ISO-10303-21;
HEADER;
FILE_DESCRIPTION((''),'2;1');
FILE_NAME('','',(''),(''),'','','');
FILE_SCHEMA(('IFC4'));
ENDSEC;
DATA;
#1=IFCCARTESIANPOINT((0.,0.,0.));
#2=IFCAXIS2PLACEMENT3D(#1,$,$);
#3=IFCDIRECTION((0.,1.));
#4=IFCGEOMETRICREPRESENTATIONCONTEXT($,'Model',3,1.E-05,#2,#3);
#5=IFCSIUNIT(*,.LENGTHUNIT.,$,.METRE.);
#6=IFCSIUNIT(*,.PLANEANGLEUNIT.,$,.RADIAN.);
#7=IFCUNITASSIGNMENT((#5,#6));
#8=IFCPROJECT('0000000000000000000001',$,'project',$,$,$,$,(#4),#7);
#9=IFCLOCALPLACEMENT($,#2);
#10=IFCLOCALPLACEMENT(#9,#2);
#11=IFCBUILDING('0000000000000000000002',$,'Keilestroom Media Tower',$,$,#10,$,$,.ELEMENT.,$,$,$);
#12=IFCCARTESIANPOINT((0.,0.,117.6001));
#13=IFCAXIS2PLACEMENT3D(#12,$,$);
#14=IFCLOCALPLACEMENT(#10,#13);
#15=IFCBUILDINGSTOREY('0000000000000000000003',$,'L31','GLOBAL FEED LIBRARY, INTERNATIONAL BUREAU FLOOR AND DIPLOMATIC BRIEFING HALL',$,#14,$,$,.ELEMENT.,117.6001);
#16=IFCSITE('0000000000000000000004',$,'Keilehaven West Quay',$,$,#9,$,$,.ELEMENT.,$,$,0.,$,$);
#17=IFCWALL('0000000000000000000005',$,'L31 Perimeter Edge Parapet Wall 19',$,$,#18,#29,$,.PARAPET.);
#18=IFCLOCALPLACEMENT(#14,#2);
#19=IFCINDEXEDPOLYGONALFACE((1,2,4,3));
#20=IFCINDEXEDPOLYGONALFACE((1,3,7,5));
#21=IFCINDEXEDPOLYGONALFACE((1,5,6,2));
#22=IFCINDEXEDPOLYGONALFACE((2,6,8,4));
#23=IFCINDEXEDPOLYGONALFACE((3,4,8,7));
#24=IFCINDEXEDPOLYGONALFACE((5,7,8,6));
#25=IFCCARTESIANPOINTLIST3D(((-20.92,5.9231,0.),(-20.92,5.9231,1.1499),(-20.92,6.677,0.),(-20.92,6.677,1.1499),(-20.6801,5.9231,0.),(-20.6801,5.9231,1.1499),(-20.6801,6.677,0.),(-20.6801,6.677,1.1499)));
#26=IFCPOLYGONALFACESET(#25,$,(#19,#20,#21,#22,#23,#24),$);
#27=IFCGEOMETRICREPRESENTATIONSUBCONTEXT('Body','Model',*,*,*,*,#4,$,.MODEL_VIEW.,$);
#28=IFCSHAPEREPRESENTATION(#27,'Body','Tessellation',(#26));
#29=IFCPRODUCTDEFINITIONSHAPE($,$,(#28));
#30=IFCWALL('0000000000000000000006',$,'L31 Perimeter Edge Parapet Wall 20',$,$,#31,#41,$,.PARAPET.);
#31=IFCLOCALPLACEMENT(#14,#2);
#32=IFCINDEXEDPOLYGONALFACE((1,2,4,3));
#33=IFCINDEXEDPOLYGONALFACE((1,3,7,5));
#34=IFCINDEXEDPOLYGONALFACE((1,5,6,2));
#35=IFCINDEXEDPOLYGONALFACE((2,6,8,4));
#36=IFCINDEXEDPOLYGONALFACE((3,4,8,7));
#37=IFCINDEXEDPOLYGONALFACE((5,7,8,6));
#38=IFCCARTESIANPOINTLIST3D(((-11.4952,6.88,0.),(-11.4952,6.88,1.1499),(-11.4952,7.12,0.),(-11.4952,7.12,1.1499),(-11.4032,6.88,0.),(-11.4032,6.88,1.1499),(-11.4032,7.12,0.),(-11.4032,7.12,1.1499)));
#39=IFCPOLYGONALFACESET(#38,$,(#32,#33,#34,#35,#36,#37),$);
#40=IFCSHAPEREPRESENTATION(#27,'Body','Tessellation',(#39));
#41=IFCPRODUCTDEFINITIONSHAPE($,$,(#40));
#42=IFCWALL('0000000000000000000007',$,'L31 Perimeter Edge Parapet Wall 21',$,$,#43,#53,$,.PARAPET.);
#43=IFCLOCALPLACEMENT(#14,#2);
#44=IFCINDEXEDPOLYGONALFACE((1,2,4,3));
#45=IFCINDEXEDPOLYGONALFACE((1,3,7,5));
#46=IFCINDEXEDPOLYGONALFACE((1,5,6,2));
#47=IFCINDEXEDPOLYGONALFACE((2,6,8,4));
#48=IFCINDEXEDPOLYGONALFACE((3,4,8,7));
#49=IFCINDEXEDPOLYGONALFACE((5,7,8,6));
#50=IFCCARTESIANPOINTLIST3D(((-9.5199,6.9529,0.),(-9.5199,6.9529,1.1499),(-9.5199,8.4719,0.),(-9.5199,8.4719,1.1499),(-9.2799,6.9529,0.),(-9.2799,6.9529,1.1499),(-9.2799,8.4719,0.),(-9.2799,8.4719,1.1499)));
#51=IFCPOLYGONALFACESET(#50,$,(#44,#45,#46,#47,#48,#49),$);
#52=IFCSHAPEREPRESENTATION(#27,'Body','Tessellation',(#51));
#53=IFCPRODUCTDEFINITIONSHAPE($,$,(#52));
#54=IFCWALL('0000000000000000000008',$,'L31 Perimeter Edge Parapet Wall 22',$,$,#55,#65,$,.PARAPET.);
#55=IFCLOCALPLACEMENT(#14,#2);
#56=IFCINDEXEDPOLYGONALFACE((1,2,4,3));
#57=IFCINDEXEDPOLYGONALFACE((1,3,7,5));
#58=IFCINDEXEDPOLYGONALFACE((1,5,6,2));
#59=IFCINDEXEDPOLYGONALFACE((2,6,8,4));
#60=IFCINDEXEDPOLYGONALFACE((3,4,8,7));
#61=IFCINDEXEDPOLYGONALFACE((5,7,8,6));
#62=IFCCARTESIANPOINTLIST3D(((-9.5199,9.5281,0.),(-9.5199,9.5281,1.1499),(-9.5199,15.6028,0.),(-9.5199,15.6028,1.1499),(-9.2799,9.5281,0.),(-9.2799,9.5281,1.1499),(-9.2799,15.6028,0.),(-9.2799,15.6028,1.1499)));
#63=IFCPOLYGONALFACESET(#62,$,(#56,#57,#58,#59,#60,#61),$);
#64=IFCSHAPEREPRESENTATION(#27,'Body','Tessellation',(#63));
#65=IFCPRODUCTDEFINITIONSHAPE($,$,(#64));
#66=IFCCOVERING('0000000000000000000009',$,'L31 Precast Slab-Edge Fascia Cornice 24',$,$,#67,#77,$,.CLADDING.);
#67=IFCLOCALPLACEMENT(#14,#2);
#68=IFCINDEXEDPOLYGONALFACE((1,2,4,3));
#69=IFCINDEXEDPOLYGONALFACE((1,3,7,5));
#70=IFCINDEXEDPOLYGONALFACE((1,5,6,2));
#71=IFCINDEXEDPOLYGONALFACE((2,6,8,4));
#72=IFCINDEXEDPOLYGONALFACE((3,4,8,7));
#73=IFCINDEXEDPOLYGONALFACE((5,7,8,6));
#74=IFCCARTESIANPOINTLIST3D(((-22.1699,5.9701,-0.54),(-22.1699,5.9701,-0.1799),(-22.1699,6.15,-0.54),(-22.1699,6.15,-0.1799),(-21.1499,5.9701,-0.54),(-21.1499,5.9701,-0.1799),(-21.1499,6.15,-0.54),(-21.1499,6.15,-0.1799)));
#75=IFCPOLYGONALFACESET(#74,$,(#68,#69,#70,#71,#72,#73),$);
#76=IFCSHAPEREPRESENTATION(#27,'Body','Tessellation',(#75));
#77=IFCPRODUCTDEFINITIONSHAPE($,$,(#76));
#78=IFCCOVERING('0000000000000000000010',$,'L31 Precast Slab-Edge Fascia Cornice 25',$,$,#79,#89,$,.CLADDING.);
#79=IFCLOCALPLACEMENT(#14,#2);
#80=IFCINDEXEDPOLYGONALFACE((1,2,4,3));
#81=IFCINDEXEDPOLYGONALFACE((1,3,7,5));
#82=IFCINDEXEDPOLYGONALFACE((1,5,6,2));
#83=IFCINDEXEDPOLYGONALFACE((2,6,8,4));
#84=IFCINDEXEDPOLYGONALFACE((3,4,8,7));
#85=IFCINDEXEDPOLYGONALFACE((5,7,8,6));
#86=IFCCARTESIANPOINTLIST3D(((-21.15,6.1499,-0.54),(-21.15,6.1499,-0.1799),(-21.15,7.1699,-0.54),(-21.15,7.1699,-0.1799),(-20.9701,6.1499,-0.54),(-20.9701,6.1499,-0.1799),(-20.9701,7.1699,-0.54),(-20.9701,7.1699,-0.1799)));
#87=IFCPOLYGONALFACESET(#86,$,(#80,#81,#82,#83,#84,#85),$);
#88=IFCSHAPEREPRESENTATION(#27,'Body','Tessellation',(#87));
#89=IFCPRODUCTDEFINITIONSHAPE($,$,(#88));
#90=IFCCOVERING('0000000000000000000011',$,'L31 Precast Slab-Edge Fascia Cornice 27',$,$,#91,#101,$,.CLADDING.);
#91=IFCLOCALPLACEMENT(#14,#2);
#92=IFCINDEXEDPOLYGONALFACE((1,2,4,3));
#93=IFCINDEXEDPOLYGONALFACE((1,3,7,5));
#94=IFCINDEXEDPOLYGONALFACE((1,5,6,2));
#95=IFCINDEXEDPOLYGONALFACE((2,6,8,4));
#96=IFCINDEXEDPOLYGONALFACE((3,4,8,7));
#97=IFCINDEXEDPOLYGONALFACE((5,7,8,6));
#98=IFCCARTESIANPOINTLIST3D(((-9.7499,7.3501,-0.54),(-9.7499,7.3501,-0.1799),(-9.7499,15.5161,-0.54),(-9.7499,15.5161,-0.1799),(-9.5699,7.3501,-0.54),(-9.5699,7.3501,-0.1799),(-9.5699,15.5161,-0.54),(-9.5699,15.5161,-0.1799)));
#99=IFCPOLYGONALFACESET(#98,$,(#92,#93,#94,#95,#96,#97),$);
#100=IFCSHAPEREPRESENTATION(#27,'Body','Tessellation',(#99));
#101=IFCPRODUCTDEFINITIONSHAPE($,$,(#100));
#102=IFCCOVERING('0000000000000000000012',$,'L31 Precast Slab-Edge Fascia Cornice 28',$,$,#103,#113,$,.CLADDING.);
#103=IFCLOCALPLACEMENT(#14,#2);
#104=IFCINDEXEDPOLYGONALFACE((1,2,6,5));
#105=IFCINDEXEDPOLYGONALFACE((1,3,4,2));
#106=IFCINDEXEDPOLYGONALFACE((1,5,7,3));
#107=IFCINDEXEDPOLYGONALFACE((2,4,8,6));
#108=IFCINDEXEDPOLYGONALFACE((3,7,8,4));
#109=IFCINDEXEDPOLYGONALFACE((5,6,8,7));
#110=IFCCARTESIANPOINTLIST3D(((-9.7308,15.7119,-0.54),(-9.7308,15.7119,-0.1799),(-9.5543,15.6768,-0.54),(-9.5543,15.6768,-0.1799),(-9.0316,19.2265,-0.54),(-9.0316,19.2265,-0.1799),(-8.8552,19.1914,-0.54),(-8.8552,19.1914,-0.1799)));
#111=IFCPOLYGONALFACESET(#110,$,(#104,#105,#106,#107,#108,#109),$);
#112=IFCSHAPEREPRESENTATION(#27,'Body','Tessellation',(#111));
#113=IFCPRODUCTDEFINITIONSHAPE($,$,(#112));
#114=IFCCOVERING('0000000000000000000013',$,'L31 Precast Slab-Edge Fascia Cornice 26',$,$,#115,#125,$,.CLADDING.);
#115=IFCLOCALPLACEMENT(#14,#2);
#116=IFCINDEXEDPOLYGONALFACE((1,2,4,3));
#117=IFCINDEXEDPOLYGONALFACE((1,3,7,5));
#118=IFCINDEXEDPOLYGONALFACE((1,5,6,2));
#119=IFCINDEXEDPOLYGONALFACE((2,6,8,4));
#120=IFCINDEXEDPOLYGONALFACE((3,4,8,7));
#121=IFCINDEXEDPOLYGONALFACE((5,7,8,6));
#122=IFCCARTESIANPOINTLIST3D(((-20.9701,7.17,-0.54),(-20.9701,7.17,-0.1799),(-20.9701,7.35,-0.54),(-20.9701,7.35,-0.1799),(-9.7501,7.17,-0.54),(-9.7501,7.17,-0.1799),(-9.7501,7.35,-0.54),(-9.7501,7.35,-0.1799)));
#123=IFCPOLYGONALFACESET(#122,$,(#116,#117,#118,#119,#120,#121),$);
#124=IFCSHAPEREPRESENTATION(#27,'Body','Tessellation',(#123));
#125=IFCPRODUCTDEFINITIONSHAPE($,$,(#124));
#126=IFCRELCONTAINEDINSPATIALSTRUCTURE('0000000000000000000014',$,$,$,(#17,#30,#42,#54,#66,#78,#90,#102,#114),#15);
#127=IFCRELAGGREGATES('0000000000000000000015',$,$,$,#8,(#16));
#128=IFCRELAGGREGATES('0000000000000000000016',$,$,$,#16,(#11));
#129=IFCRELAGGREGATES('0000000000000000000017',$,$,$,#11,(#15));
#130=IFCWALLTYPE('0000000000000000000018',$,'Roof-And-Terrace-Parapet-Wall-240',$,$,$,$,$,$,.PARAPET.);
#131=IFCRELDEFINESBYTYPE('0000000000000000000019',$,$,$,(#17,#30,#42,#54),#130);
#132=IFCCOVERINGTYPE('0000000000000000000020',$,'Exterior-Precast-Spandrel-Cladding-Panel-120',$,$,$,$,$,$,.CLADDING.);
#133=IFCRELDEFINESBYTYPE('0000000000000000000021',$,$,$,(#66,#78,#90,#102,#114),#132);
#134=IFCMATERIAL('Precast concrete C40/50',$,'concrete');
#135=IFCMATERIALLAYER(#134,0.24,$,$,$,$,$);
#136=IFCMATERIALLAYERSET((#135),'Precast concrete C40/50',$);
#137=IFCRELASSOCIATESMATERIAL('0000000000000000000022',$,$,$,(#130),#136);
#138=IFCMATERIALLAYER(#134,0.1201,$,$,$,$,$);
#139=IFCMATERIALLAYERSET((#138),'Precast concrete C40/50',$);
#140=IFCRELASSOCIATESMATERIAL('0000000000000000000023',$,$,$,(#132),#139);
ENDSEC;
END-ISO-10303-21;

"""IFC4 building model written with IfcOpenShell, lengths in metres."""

from ifc_helpers import new_model, si_unit, direction, frame, frame_2d, origin, origin_2d, place, context, subcontext, project, spatial, rectangle, extrude, source, transform, mapped, material, layer, layer_set, type_object, element, save


model = new_model("IFC4")

# Units and contexts
model_context = context("Model", 3, precision=1e-05, world=origin(), true_north=direction((0.0, 1.0)))
body_context = subcontext(model_context, "Body", "Model", "MODEL_VIEW")
ifc_project = project(units=[si_unit("LENGTHUNIT", "METRE"), si_unit("PLANEANGLEUNIT", "RADIAN")], contexts=[model_context])

# Site, building, storey
site_placement = place(None, origin())
site = spatial("IfcSite", under=ifc_project, at=site_placement, Name="Keilehaven West Quay", CompositionType="ELEMENT", RefElevation=0.0)
building_placement = place(site_placement, origin())
building = spatial("IfcBuilding", under=site, at=building_placement, Name="Keilestroom Media Tower", CompositionType="ELEMENT")
storey_placement = place(building_placement, frame((0.0, 0.0, 117.6001)))
storey = spatial("IfcBuildingStorey", under=building, at=storey_placement, Name="L31", Description="GLOBAL FEED LIBRARY, INTERNATIONAL BUREAU FLOOR AND DIPLOMATIC BRIEFING HALL", CompositionType="ELEMENT", Elevation=117.6001)

# Shared definitions
ifc_material_1 = material(Name="Precast concrete C40/50", Category="concrete")

# Walls
ifc_layer_1 = layer(ifc_material_1, 0.24)
ifc_layer_set_1 = layer_set([ifc_layer_1], Name="Precast concrete C40/50")
wall_type_1 = type_object("IfcWallType", Name="Roof-And-Terrace-Parapet-Wall-240", PredefinedType="PARAPET", material=ifc_layer_set_1)
wall_1_placement = place(storey_placement, frame((-20.8, 5.9231, 0.0), z_axis=(0.0, 0.0, 1.0), x_axis=(0.0, 1.0, 0.0)))
element("IfcWall", 1, at=wall_1_placement, inside=storey, type_object=wall_type_1, Name="L31 Perimeter Edge Parapet Wall 19", PredefinedType="PARAPET", context=body_context, shape_type="SweptSolid", body=[
    extrude(rectangle(XDim=0.7539, YDim=0.24, at=frame_2d((0.377, 0.0))), origin(), (0.0, 0.0, 1.0), 1.1499),
])
wall_2_placement = place(storey_placement, frame((-11.4951, 7.0, 0.0), z_axis=(0.0, 0.0, 1.0), x_axis=(1.0, 0.0, 0.0)))
element("IfcWall", 2, at=wall_2_placement, inside=storey, type_object=wall_type_1, Name="L31 Perimeter Edge Parapet Wall 20", PredefinedType="PARAPET", context=body_context, shape_type="SweptSolid", body=[
    extrude(rectangle(XDim=0.092, YDim=0.24, at=frame_2d((0.0459, 0.0))), origin(), (0.0, 0.0, 1.0), 1.1499),
])
wall_3_placement = place(storey_placement, frame((-9.3999, 6.9529, 0.0), z_axis=(0.0, 0.0, 1.0), x_axis=(0.0, 1.0, 0.0)))
element("IfcWall", 3, at=wall_3_placement, inside=storey, type_object=wall_type_1, Name="L31 Perimeter Edge Parapet Wall 21", PredefinedType="PARAPET", context=body_context, shape_type="SweptSolid", body=[
    extrude(rectangle(XDim=1.519, YDim=0.24, at=frame_2d((0.7595, 0.0))), origin(), (0.0, 0.0, 1.0), 1.1499),
])
wall_4_placement = place(storey_placement, frame((-9.3999, 9.5281, 0.0), z_axis=(0.0, 0.0, 1.0), x_axis=(0.0, 1.0, 0.0)))
element("IfcWall", 4, at=wall_4_placement, inside=storey, type_object=wall_type_1, Name="L31 Perimeter Edge Parapet Wall 22", PredefinedType="PARAPET", context=body_context, shape_type="SweptSolid", body=[
    extrude(rectangle(XDim=6.0747, YDim=0.24, at=frame_2d((3.0374, 0.0))), origin(), (0.0, 0.0, 1.0), 1.1499),
])

# Coverings
ifc_layer_2 = layer(ifc_material_1, 0.1201)
ifc_layer_set_2 = layer_set([ifc_layer_2], Name="Precast concrete C40/50")
covering_type = type_object("IfcCoveringType", Name="Exterior-Precast-Spandrel-Cladding-Panel-120", PredefinedType="CLADDING", material=ifc_layer_set_2)
shared_shape_1 = source(origin(), body_context, "Body", "SweptSolid", [
    extrude(rectangle(XDim=1.02, YDim=0.1799, at=origin_2d()), origin(), (0.0, 0.0, 1.0), 0.3601),
])
for number, where, z_axis, x_axis, name in (
    (5, (-21.6599, 6.0601, -0.54), (0.0, 0.0, 1.0), (1.0, 0.0, 0.0), "L31 Precast Slab-Edge Fascia Cornice 24"),
    (6, (-21.0601, 6.6599, -0.54), (0.0, 0.0, 1.0), (0.0, 1.0, 0.0), "L31 Precast Slab-Edge Fascia Cornice 25"),
):
    element("IfcCovering", number, at=place(storey_placement, frame(where, z_axis=z_axis, x_axis=x_axis)), inside=storey, type_object=covering_type, Name=name, PredefinedType="CLADDING", context=body_context, shape_type="MappedRepresentation", body=[
        mapped(shared_shape_1, transform((0.0, 0.0, 0.0), x_axis=(1.0, 0.0, 0.0), y_axis=(0.0, 1.0, 0.0), z_axis=(0.0, 0.0, 1.0), scale=1.0)),
    ])
shared_shape_2 = source(origin(), body_context, "Body", "SweptSolid", [
    extrude(rectangle(XDim=8.166, YDim=0.1799, at=origin_2d()), origin(), (0.0, 0.0, 1.0), 0.3601),
])
covering_1_placement = place(storey_placement, frame((-9.6599, 11.4331, -0.54), z_axis=(0.0, 0.0, 1.0), x_axis=(0.0, 1.0, 0.0)))
element("IfcCovering", 7, at=covering_1_placement, inside=storey, type_object=covering_type, Name="L31 Precast Slab-Edge Fascia Cornice 27", PredefinedType="CLADDING", context=body_context, shape_type="MappedRepresentation", body=[
    mapped(shared_shape_2, transform((0.0, 0.0, 0.0), x_axis=(1.0, 0.0, 0.0), y_axis=(0.0, 1.0, 0.0), z_axis=(0.0, 0.0, 1.0), scale=1.0)),
])
shared_shape_3 = source(origin(), body_context, "Body", "SweptSolid", [
    extrude(rectangle(XDim=3.5835, YDim=0.1799, at=origin_2d()), origin(), (0.0, 0.0, 1.0), 0.3601),
])
covering_2_placement = place(storey_placement, frame((-9.293, 17.4517, -0.54), z_axis=(0.0, 0.0, 1.0), x_axis=(0.195099, 0.980784, 0.0)))
element("IfcCovering", 8, at=covering_2_placement, inside=storey, type_object=covering_type, Name="L31 Precast Slab-Edge Fascia Cornice 28", PredefinedType="CLADDING", context=body_context, shape_type="MappedRepresentation", body=[
    mapped(shared_shape_3, transform((0.0, 0.0, 0.0), x_axis=(1.0, 0.0, 0.0), y_axis=(0.0, 1.0, 0.0), z_axis=(0.0, 0.0, 1.0), scale=1.0)),
])
shared_shape_4 = source(origin(), body_context, "Body", "SweptSolid", [
    extrude(rectangle(XDim=11.22, YDim=0.1799, at=origin_2d()), origin(), (0.0, 0.0, 1.0), 0.3601),
])
covering_3_placement = place(storey_placement, frame((-15.3601, 7.26, -0.54), z_axis=(0.0, 0.0, 1.0), x_axis=(1.0, 0.0, 0.0)))
element("IfcCovering", 9, at=covering_3_placement, inside=storey, type_object=covering_type, Name="L31 Precast Slab-Edge Fascia Cornice 26", PredefinedType="CLADDING", context=body_context, shape_type="MappedRepresentation", body=[
    mapped(shared_shape_4, transform((0.0, 0.0, 0.0), x_axis=(1.0, 0.0, 0.0), y_axis=(0.0, 1.0, 0.0), z_axis=(0.0, 0.0, 1.0), scale=1.0)),
])

save(model, "model.ifc")
